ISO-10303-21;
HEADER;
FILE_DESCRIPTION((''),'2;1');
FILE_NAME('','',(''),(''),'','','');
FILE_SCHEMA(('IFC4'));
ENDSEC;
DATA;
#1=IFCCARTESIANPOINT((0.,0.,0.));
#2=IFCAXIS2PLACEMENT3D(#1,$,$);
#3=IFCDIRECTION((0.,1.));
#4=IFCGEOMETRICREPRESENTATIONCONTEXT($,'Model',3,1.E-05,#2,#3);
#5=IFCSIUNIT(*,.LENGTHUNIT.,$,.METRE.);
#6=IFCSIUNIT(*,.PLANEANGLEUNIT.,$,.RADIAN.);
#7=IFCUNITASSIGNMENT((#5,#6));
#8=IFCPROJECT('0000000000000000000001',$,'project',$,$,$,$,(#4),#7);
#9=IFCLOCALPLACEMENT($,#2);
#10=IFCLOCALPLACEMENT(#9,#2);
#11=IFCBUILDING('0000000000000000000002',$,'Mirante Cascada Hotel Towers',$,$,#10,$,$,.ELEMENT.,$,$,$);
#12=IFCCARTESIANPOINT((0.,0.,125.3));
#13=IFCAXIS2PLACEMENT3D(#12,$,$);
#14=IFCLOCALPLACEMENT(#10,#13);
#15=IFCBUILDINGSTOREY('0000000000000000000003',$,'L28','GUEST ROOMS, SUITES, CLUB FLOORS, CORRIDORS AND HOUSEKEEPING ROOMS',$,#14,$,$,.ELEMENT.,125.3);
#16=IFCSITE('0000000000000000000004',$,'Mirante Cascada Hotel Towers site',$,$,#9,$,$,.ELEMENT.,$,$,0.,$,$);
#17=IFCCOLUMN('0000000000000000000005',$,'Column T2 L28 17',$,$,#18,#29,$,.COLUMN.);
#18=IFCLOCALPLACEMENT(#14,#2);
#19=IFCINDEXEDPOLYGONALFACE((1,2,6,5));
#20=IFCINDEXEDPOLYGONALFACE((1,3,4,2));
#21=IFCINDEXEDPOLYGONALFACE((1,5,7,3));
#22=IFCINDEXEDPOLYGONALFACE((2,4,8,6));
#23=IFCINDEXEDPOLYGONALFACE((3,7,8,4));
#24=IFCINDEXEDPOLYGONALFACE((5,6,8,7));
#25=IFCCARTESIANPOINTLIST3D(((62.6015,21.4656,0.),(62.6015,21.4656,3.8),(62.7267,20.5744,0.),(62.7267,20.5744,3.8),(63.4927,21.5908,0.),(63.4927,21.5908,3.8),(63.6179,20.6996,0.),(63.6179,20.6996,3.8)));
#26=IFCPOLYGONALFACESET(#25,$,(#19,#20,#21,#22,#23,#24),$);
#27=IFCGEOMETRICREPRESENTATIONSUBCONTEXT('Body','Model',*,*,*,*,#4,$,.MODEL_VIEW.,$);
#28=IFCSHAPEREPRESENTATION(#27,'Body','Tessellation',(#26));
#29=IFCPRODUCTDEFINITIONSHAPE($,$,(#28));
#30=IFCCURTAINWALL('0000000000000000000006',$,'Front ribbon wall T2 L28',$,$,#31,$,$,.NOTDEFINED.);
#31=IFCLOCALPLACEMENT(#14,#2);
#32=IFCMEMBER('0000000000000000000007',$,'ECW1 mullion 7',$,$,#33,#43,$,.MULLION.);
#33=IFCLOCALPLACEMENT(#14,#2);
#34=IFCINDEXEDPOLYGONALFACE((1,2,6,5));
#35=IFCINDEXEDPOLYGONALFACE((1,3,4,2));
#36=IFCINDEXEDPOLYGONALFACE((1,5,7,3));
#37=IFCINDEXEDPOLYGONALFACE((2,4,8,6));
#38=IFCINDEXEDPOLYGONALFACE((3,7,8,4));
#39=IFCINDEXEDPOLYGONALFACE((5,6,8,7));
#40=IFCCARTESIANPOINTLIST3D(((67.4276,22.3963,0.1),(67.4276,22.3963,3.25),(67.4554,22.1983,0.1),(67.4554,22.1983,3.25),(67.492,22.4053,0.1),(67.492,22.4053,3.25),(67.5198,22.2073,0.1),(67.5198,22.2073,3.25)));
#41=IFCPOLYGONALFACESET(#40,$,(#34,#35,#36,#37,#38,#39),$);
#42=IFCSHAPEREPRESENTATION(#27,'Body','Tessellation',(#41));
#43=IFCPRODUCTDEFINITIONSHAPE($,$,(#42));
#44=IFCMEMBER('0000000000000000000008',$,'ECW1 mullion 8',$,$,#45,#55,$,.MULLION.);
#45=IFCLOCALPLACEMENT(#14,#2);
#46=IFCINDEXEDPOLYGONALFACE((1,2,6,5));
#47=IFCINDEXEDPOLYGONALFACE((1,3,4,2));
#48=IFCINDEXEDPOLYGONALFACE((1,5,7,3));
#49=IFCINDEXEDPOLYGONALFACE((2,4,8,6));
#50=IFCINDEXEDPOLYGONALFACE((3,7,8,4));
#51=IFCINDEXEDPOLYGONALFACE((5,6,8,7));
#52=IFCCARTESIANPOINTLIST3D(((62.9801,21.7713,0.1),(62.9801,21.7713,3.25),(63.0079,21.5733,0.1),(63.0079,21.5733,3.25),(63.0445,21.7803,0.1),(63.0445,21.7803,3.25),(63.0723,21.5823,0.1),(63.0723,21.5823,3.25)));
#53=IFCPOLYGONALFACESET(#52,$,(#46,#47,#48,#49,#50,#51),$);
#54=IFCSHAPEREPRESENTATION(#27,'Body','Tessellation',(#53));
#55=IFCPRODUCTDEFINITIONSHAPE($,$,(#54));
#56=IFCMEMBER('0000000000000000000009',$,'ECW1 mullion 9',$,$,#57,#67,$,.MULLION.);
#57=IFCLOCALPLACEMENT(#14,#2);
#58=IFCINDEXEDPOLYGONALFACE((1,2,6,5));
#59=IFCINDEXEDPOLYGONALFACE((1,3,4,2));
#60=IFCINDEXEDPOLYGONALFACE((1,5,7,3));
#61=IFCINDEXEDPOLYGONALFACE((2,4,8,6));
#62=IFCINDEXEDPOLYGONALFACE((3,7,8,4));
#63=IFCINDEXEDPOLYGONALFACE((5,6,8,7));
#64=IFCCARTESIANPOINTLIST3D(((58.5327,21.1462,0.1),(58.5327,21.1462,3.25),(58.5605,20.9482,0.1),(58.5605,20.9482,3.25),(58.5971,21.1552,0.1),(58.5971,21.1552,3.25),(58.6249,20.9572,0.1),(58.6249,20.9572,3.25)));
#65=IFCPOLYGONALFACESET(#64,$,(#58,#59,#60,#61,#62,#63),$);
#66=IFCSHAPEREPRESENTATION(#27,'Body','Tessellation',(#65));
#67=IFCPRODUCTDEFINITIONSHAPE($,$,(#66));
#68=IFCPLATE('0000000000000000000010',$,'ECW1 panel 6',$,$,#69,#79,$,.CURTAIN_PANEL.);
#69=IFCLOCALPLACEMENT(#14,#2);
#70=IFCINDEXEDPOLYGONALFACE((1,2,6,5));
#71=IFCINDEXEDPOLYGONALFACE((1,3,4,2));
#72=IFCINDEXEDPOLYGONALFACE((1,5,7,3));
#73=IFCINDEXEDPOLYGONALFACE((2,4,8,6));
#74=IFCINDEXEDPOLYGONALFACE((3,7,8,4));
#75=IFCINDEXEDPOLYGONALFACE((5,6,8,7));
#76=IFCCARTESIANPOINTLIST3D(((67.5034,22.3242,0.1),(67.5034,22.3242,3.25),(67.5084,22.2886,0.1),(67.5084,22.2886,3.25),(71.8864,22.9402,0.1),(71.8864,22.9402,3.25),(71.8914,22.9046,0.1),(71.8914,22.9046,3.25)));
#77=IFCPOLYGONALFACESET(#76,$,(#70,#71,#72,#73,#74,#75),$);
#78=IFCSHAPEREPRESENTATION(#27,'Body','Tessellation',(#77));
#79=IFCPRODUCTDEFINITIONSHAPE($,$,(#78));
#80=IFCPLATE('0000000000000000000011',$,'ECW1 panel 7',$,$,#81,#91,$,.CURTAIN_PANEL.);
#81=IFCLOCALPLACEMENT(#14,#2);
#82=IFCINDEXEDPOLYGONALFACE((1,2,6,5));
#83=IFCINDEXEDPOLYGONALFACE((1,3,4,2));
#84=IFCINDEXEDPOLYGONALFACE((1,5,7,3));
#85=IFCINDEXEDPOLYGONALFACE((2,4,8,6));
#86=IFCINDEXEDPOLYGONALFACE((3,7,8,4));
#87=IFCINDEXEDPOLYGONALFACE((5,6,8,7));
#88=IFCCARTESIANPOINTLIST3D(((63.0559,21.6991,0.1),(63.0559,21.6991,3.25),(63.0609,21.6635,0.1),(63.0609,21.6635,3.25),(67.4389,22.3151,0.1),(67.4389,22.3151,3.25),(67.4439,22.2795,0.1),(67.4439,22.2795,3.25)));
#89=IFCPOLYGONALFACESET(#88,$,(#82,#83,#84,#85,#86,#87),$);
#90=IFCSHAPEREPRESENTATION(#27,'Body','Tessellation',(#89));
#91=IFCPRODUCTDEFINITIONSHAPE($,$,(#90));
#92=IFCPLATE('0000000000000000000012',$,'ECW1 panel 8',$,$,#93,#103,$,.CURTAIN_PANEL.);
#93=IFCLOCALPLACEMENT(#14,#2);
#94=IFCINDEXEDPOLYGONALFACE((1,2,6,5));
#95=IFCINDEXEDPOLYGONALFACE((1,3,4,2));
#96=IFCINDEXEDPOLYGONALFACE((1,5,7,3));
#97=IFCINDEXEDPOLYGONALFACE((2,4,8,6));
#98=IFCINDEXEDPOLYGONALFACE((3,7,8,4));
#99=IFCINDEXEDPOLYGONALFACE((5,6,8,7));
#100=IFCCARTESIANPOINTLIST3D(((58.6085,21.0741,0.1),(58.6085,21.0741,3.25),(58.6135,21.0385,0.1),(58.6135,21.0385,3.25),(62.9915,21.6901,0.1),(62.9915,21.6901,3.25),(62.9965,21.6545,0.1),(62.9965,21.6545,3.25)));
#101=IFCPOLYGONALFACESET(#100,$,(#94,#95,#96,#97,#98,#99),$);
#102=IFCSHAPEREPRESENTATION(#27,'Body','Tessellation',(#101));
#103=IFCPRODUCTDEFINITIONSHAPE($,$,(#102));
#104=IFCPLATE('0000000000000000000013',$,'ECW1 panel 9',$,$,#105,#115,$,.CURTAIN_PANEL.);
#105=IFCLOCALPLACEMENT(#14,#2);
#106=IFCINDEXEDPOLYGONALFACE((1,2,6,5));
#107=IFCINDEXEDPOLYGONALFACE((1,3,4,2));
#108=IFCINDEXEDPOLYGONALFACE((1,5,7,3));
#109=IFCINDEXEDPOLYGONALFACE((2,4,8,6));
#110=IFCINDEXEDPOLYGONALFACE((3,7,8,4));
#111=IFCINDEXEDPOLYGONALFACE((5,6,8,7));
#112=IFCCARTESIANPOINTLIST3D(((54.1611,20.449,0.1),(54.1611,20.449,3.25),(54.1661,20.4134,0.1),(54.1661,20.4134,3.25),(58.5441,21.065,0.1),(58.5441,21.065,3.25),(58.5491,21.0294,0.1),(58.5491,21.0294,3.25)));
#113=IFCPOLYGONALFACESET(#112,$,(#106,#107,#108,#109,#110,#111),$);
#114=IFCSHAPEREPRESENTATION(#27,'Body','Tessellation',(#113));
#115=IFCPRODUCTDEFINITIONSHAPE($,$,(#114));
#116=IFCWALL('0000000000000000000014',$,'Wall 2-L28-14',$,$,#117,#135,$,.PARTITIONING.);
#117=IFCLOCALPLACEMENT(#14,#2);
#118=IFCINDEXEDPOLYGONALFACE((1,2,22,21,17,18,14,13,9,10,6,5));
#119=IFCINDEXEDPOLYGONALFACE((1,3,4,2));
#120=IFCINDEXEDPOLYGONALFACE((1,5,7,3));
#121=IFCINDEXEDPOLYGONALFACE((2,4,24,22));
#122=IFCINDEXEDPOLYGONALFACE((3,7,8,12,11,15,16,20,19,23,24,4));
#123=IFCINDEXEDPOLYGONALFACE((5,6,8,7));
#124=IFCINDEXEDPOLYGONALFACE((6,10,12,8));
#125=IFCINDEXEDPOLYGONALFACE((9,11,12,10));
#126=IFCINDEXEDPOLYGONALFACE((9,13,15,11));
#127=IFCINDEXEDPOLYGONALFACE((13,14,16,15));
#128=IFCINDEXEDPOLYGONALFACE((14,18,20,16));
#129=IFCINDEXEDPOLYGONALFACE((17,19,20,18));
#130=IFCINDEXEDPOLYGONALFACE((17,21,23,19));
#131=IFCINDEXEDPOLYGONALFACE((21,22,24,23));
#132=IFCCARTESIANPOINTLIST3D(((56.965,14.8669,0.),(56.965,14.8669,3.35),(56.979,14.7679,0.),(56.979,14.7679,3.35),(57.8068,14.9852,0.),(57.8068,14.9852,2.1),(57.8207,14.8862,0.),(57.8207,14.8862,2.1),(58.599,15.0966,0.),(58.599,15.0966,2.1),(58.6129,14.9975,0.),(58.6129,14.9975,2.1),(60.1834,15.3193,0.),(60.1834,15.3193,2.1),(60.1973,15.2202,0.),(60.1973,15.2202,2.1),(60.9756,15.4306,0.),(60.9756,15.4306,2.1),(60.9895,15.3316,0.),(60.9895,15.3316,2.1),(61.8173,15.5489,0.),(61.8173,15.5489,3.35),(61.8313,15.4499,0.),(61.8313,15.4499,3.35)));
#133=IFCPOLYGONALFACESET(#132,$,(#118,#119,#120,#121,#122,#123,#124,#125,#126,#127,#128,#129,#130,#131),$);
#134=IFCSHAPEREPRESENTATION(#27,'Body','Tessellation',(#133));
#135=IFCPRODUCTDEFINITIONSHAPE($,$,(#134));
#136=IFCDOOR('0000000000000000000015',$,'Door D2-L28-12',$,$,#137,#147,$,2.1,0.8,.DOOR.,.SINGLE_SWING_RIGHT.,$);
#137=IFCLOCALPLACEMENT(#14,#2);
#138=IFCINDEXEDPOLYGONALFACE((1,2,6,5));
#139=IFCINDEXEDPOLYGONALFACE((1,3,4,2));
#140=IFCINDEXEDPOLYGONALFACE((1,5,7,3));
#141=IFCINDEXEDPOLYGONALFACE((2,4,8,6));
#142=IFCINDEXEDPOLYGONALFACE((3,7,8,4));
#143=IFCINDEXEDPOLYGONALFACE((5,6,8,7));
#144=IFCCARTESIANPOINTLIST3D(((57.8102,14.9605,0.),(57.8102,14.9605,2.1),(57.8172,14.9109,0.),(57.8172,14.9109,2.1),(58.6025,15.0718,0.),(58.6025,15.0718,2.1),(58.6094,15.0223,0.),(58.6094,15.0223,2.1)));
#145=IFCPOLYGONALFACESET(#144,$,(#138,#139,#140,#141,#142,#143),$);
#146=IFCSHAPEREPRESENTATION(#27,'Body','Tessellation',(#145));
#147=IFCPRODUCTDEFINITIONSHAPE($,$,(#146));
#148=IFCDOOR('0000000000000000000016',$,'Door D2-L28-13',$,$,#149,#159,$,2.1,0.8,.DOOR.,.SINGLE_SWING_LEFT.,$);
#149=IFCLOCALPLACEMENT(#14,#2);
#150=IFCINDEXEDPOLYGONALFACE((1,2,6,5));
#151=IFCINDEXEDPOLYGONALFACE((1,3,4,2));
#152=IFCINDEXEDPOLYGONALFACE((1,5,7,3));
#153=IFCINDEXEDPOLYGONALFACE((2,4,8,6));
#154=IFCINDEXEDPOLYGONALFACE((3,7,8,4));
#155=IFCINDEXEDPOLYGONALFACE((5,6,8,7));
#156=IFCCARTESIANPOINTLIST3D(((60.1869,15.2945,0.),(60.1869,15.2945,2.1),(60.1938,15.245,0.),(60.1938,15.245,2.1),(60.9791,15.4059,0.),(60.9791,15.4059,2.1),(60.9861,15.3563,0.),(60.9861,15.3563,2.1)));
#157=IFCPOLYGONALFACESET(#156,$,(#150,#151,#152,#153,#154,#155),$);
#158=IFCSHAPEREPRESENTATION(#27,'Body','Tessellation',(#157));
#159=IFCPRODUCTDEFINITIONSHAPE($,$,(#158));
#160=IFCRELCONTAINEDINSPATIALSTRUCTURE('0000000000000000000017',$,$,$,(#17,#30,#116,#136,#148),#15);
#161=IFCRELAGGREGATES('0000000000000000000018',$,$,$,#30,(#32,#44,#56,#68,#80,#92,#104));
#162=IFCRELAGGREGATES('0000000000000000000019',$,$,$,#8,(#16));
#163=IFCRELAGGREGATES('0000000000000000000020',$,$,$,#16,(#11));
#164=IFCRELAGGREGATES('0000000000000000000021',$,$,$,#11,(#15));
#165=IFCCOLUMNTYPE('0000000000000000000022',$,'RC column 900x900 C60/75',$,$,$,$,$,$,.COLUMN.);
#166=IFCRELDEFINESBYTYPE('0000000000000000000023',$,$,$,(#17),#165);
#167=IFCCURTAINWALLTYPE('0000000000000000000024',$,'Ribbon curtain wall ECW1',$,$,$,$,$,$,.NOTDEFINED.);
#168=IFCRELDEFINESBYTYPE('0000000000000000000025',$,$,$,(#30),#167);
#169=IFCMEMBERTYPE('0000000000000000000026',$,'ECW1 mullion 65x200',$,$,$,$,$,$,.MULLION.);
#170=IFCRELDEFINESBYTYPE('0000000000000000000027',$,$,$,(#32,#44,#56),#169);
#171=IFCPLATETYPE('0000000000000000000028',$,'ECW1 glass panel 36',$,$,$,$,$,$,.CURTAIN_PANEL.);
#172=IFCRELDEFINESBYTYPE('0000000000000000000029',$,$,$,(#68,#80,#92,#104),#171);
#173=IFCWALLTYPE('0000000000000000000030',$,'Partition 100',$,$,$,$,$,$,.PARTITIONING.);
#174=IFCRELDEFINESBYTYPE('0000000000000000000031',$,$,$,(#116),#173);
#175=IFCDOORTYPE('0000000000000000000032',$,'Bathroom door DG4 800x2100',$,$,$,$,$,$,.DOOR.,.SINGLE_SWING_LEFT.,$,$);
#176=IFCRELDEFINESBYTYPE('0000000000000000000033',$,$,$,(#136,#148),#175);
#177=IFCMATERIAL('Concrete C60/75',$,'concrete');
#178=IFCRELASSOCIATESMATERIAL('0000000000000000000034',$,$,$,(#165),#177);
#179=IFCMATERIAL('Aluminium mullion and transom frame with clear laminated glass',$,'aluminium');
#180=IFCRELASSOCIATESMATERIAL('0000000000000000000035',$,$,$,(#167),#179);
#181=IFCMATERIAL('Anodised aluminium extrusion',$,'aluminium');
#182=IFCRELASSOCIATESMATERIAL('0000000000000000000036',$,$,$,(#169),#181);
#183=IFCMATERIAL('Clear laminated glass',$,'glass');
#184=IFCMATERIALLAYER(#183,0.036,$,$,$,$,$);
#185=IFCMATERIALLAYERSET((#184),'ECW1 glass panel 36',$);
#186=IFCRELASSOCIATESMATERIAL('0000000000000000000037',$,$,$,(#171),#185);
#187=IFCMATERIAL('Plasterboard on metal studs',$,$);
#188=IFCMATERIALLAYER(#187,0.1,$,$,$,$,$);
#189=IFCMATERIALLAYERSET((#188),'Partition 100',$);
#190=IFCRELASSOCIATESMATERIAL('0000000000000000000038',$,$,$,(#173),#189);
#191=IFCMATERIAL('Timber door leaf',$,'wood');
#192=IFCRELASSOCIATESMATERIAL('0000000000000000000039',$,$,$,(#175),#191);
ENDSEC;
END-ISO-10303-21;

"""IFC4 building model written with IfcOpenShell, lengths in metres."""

from ifc_helpers import new_model, si_unit, direction, frame, frame_2d, origin, origin_2d, place, context, subcontext, project, spatial, rectangle, extrude, material, layer, layer_set, material_profile, profile_set, type_object, element, fill, aggregate, save


model = new_model("IFC4")

# Units and contexts
model_context = context("Model", 3, precision=1e-05, world=origin(), true_north=direction((0.0, 1.0)))
body_context = subcontext(model_context, "Body", "Model", "MODEL_VIEW")
ifc_project = project(units=[si_unit("LENGTHUNIT", "METRE"), si_unit("PLANEANGLEUNIT", "RADIAN")], contexts=[model_context])

# Site, building, storey
site_placement = place(None, origin())
site = spatial("IfcSite", under=ifc_project, at=site_placement, Name="Mirante Cascada Hotel Towers site", CompositionType="ELEMENT", RefElevation=0.0)
building_placement = place(site_placement, origin())
building = spatial("IfcBuilding", under=site, at=building_placement, Name="Mirante Cascada Hotel Towers", CompositionType="ELEMENT")
storey_placement = place(building_placement, frame((0.0, 0.0, 125.3)))
storey = spatial("IfcBuildingStorey", under=building, at=storey_placement, Name="L28", Description="GUEST ROOMS, SUITES, CLUB FLOORS, CORRIDORS AND HOUSEKEEPING ROOMS", CompositionType="ELEMENT", Elevation=125.3)

# Column
ifc_material_1 = material(Name="Concrete C60/75", Category="concrete")
ifc_material_profile_1 = material_profile(ifc_material_1, rectangle(XDim=0.9, YDim=0.9, at=origin_2d()), Name="RC column 900x900 C60/75")
ifc_profile_set_1 = profile_set([ifc_material_profile_1], Name="Concrete C60/75")
column_type = type_object("IfcColumnType", Name="RC column 900x900 C60/75", PredefinedType="COLUMN", material=ifc_profile_set_1)
column_placement = place(storey_placement, frame((63.1097, 21.0826, 0.0), z_axis=(0.0, 0.0, 1.0), x_axis=(0.990268, 0.139173, 0.0)))
element("IfcColumn", 1, at=column_placement, inside=storey, type_object=column_type, Name="Column T2 L28 17", PredefinedType="COLUMN", context=body_context, shape_type="SweptSolid", body=[
    extrude(rectangle(XDim=0.9, YDim=0.9, at=origin_2d()), origin(), (0.0, 0.0, 1.0), 3.8),
])

# Curtain wall, members, plates
ifc_material_2 = material(Name="Aluminium mullion and transom frame with clear laminated glass", Category="aluminium")
curtain_wall_type = type_object("IfcCurtainWallType", Name="Ribbon curtain wall ECW1", PredefinedType="NOTDEFINED", material=ifc_material_2)
curtain_wall_placement = place(storey_placement, origin())
curtain_wall = element("IfcCurtainWall", 2, at=curtain_wall_placement, inside=storey, type_object=curtain_wall_type, Name="Front ribbon wall T2 L28", PredefinedType="NOTDEFINED")
ifc_material_3 = material(Name="Anodised aluminium extrusion", Category="aluminium")
ifc_material_profile_2 = material_profile(ifc_material_3, rectangle(XDim=0.2, YDim=0.065, at=origin_2d()), Name="ECW1 MULLION 65x200")
ifc_profile_set_2 = profile_set([ifc_material_profile_2], Name="Anodised aluminium extrusion")
member_type = type_object("IfcMemberType", Name="ECW1 mullion 65x200", PredefinedType="MULLION", material=ifc_profile_set_2)
member_1_placement = place(storey_placement, frame((67.4737, 22.3018, 0.1), z_axis=(0.0, 0.0, 1.0), x_axis=(0.139173, -0.990268, 0.0)))
member_1 = element("IfcMember", 3, at=member_1_placement, type_object=member_type, Name="ECW1 mullion 7", PredefinedType="MULLION", context=body_context, shape_type="SweptSolid", body=[
    extrude(rectangle(XDim=0.2, YDim=0.065, at=origin_2d()), origin(), (0.0, 0.0, 1.0), 3.15),
])
member_2_placement = place(storey_placement, frame((63.0262, 21.6768, 0.1), z_axis=(0.0, 0.0, 1.0), x_axis=(0.139173, -0.990268, 0.0)))
member_2 = element("IfcMember", 4, at=member_2_placement, type_object=member_type, Name="ECW1 mullion 8", PredefinedType="MULLION", context=body_context, shape_type="SweptSolid", body=[
    extrude(rectangle(XDim=0.2, YDim=0.065, at=origin_2d()), origin(), (0.0, 0.0, 1.0), 3.15),
])
member_3_placement = place(storey_placement, frame((58.5788, 21.0517, 0.1), z_axis=(0.0, 0.0, 1.0), x_axis=(0.139173, -0.990268, 0.0)))
member_3 = element("IfcMember", 5, at=member_3_placement, type_object=member_type, Name="ECW1 mullion 9", PredefinedType="MULLION", context=body_context, shape_type="SweptSolid", body=[
    extrude(rectangle(XDim=0.2, YDim=0.065, at=origin_2d()), origin(), (0.0, 0.0, 1.0), 3.15),
])
ifc_material_4 = material(Name="Clear laminated glass", Category="glass")
ifc_layer_1 = layer(ifc_material_4, 0.036)
ifc_layer_set_1 = layer_set([ifc_layer_1], Name="ECW1 glass panel 36")
plate_type = type_object("IfcPlateType", Name="ECW1 glass panel 36", PredefinedType="CURTAIN_PANEL", material=ifc_layer_set_1)
plate_1_placement = place(storey_placement, frame((69.6974, 22.6144, 0.1), z_axis=(0.0, 0.0, 1.0), x_axis=(-0.990268, -0.139173, 0.0)))
plate_1 = element("IfcPlate", 6, at=plate_1_placement, type_object=plate_type, Name="ECW1 panel 6", PredefinedType="CURTAIN_PANEL", context=body_context, shape_type="SweptSolid", body=[
    extrude(rectangle(XDim=4.4261, YDim=0.036, at=origin_2d()), origin(), (0.0, 0.0, 1.0), 3.15),
])
plate_2_placement = place(storey_placement, frame((65.2499, 21.9893, 0.1), z_axis=(0.0, 0.0, 1.0), x_axis=(-0.990268, -0.139173, 0.0)))
plate_2 = element("IfcPlate", 7, at=plate_2_placement, type_object=plate_type, Name="ECW1 panel 7", PredefinedType="CURTAIN_PANEL", context=body_context, shape_type="SweptSolid", body=[
    extrude(rectangle(XDim=4.4261, YDim=0.036, at=origin_2d()), origin(), (0.0, 0.0, 1.0), 3.15),
])
plate_3_placement = place(storey_placement, frame((60.8025, 21.3643, 0.1), z_axis=(0.0, 0.0, 1.0), x_axis=(-0.990268, -0.139173, 0.0)))
plate_3 = element("IfcPlate", 8, at=plate_3_placement, type_object=plate_type, Name="ECW1 panel 8", PredefinedType="CURTAIN_PANEL", context=body_context, shape_type="SweptSolid", body=[
    extrude(rectangle(XDim=4.4261, YDim=0.036, at=origin_2d()), origin(), (0.0, 0.0, 1.0), 3.15),
])
plate_4_placement = place(storey_placement, frame((56.3551, 20.7392, 0.1), z_axis=(0.0, 0.0, 1.0), x_axis=(-0.990268, -0.139173, 0.0)))
plate_4 = element("IfcPlate", 9, at=plate_4_placement, type_object=plate_type, Name="ECW1 panel 9", PredefinedType="CURTAIN_PANEL", context=body_context, shape_type="SweptSolid", body=[
    extrude(rectangle(XDim=4.4261, YDim=0.036, at=origin_2d()), origin(), (0.0, 0.0, 1.0), 3.15),
])
aggregate(curtain_wall, [member_1, member_2, member_3, plate_1, plate_2, plate_3, plate_4])

# Wall, openings, doors
ifc_material_5 = material(Name="Plasterboard on metal studs")
ifc_layer_2 = layer(ifc_material_5, 0.1)
ifc_layer_set_2 = layer_set([ifc_layer_2], Name="Partition 100")
wall_type = type_object("IfcWallType", Name="Partition 100", PredefinedType="PARTITIONING", material=ifc_layer_set_2)
wall_1_placement = place(storey_placement, frame((61.8243, 15.4994, 0.0), z_axis=(0.0, 0.0, 1.0), x_axis=(-0.990267, -0.139184, 0.0)))
wall_1 = element("IfcWall", 10, at=wall_1_placement, inside=storey, type_object=wall_type, Name="Wall 2-L28-14", PredefinedType="PARTITIONING", context=body_context, shape_type="SweptSolid", body=[
    extrude(rectangle(XDim=4.9, YDim=0.1, at=frame_2d((2.45, 0.0))), origin(), (0.0, 0.0, 1.0), 3.35),
])
opening_1_placement = place(wall_1_placement, frame((3.25, 0.0, 0.0)))
opening_1 = element("IfcOpeningElement", 11, at=opening_1_placement, cuts=wall_1, PredefinedType="OPENING", context=body_context, shape_type="SweptSolid", body=[
    extrude(rectangle(XDim=0.8, YDim=2.1, at=frame_2d((0.4, 1.05))), frame((0.0, 0.05, 0.0), z_axis=(0.0, -1.0, 0.0), x_axis=(1.0, 0.0, 0.0)), (0.0, 0.0, 1.0), 0.1),
])
opening_2_placement = place(wall_1_placement, frame((0.85, 0.0, 0.0)))
opening_2 = element("IfcOpeningElement", 12, at=opening_2_placement, cuts=wall_1, PredefinedType="OPENING", context=body_context, shape_type="SweptSolid", body=[
    extrude(rectangle(XDim=0.8, YDim=2.1, at=frame_2d((0.4, 1.05))), frame((0.0, 0.05, 0.0), z_axis=(0.0, -1.0, 0.0), x_axis=(1.0, 0.0, 0.0)), (0.0, 0.0, 1.0), 0.1),
])
ifc_material_6 = material(Name="Timber door leaf", Category="wood")
door_type_1 = type_object("IfcDoorType", Name="Bathroom door DG4 800x2100", OperationType="SINGLE_SWING_LEFT", PredefinedType="DOOR", material=ifc_material_6)
door_1_placement = place(opening_1_placement, frame((0.8, 0.0, 0.0), z_axis=(0.0, 0.0, 1.0), x_axis=(-1.0, 0.0, 0.0)))
door_1 = element("IfcDoor", 13, at=door_1_placement, inside=storey, type_object=door_type_1, Name="Door D2-L28-12", OperationType="SINGLE_SWING_RIGHT", OverallHeight=2.1, OverallWidth=0.8, PredefinedType="DOOR", context=body_context, shape_type="SweptSolid", body=[
    extrude(rectangle(XDim=0.8, YDim=2.1, at=frame_2d((0.4, 1.05))), frame((0.0, 0.025, 0.0), z_axis=(0.0, -1.0, 0.0), x_axis=(1.0, 0.0, 0.0)), (0.0, 0.0, 1.0), 0.05),
])
fill(opening_1, door_1)
door_2_placement = place(opening_2_placement, origin())
door_2 = element("IfcDoor", 14, at=door_2_placement, inside=storey, type_object=door_type_1, Name="Door D2-L28-13", OperationType="SINGLE_SWING_LEFT", OverallHeight=2.1, OverallWidth=0.8, PredefinedType="DOOR", context=body_context, shape_type="SweptSolid", body=[
    extrude(rectangle(XDim=0.8, YDim=2.1, at=frame_2d((0.4, 1.05))), frame((0.0, 0.025, 0.0), z_axis=(0.0, -1.0, 0.0), x_axis=(1.0, 0.0, 0.0)), (0.0, 0.0, 1.0), 0.05),
])
fill(opening_2, door_2)

save(model, "model.ifc")
